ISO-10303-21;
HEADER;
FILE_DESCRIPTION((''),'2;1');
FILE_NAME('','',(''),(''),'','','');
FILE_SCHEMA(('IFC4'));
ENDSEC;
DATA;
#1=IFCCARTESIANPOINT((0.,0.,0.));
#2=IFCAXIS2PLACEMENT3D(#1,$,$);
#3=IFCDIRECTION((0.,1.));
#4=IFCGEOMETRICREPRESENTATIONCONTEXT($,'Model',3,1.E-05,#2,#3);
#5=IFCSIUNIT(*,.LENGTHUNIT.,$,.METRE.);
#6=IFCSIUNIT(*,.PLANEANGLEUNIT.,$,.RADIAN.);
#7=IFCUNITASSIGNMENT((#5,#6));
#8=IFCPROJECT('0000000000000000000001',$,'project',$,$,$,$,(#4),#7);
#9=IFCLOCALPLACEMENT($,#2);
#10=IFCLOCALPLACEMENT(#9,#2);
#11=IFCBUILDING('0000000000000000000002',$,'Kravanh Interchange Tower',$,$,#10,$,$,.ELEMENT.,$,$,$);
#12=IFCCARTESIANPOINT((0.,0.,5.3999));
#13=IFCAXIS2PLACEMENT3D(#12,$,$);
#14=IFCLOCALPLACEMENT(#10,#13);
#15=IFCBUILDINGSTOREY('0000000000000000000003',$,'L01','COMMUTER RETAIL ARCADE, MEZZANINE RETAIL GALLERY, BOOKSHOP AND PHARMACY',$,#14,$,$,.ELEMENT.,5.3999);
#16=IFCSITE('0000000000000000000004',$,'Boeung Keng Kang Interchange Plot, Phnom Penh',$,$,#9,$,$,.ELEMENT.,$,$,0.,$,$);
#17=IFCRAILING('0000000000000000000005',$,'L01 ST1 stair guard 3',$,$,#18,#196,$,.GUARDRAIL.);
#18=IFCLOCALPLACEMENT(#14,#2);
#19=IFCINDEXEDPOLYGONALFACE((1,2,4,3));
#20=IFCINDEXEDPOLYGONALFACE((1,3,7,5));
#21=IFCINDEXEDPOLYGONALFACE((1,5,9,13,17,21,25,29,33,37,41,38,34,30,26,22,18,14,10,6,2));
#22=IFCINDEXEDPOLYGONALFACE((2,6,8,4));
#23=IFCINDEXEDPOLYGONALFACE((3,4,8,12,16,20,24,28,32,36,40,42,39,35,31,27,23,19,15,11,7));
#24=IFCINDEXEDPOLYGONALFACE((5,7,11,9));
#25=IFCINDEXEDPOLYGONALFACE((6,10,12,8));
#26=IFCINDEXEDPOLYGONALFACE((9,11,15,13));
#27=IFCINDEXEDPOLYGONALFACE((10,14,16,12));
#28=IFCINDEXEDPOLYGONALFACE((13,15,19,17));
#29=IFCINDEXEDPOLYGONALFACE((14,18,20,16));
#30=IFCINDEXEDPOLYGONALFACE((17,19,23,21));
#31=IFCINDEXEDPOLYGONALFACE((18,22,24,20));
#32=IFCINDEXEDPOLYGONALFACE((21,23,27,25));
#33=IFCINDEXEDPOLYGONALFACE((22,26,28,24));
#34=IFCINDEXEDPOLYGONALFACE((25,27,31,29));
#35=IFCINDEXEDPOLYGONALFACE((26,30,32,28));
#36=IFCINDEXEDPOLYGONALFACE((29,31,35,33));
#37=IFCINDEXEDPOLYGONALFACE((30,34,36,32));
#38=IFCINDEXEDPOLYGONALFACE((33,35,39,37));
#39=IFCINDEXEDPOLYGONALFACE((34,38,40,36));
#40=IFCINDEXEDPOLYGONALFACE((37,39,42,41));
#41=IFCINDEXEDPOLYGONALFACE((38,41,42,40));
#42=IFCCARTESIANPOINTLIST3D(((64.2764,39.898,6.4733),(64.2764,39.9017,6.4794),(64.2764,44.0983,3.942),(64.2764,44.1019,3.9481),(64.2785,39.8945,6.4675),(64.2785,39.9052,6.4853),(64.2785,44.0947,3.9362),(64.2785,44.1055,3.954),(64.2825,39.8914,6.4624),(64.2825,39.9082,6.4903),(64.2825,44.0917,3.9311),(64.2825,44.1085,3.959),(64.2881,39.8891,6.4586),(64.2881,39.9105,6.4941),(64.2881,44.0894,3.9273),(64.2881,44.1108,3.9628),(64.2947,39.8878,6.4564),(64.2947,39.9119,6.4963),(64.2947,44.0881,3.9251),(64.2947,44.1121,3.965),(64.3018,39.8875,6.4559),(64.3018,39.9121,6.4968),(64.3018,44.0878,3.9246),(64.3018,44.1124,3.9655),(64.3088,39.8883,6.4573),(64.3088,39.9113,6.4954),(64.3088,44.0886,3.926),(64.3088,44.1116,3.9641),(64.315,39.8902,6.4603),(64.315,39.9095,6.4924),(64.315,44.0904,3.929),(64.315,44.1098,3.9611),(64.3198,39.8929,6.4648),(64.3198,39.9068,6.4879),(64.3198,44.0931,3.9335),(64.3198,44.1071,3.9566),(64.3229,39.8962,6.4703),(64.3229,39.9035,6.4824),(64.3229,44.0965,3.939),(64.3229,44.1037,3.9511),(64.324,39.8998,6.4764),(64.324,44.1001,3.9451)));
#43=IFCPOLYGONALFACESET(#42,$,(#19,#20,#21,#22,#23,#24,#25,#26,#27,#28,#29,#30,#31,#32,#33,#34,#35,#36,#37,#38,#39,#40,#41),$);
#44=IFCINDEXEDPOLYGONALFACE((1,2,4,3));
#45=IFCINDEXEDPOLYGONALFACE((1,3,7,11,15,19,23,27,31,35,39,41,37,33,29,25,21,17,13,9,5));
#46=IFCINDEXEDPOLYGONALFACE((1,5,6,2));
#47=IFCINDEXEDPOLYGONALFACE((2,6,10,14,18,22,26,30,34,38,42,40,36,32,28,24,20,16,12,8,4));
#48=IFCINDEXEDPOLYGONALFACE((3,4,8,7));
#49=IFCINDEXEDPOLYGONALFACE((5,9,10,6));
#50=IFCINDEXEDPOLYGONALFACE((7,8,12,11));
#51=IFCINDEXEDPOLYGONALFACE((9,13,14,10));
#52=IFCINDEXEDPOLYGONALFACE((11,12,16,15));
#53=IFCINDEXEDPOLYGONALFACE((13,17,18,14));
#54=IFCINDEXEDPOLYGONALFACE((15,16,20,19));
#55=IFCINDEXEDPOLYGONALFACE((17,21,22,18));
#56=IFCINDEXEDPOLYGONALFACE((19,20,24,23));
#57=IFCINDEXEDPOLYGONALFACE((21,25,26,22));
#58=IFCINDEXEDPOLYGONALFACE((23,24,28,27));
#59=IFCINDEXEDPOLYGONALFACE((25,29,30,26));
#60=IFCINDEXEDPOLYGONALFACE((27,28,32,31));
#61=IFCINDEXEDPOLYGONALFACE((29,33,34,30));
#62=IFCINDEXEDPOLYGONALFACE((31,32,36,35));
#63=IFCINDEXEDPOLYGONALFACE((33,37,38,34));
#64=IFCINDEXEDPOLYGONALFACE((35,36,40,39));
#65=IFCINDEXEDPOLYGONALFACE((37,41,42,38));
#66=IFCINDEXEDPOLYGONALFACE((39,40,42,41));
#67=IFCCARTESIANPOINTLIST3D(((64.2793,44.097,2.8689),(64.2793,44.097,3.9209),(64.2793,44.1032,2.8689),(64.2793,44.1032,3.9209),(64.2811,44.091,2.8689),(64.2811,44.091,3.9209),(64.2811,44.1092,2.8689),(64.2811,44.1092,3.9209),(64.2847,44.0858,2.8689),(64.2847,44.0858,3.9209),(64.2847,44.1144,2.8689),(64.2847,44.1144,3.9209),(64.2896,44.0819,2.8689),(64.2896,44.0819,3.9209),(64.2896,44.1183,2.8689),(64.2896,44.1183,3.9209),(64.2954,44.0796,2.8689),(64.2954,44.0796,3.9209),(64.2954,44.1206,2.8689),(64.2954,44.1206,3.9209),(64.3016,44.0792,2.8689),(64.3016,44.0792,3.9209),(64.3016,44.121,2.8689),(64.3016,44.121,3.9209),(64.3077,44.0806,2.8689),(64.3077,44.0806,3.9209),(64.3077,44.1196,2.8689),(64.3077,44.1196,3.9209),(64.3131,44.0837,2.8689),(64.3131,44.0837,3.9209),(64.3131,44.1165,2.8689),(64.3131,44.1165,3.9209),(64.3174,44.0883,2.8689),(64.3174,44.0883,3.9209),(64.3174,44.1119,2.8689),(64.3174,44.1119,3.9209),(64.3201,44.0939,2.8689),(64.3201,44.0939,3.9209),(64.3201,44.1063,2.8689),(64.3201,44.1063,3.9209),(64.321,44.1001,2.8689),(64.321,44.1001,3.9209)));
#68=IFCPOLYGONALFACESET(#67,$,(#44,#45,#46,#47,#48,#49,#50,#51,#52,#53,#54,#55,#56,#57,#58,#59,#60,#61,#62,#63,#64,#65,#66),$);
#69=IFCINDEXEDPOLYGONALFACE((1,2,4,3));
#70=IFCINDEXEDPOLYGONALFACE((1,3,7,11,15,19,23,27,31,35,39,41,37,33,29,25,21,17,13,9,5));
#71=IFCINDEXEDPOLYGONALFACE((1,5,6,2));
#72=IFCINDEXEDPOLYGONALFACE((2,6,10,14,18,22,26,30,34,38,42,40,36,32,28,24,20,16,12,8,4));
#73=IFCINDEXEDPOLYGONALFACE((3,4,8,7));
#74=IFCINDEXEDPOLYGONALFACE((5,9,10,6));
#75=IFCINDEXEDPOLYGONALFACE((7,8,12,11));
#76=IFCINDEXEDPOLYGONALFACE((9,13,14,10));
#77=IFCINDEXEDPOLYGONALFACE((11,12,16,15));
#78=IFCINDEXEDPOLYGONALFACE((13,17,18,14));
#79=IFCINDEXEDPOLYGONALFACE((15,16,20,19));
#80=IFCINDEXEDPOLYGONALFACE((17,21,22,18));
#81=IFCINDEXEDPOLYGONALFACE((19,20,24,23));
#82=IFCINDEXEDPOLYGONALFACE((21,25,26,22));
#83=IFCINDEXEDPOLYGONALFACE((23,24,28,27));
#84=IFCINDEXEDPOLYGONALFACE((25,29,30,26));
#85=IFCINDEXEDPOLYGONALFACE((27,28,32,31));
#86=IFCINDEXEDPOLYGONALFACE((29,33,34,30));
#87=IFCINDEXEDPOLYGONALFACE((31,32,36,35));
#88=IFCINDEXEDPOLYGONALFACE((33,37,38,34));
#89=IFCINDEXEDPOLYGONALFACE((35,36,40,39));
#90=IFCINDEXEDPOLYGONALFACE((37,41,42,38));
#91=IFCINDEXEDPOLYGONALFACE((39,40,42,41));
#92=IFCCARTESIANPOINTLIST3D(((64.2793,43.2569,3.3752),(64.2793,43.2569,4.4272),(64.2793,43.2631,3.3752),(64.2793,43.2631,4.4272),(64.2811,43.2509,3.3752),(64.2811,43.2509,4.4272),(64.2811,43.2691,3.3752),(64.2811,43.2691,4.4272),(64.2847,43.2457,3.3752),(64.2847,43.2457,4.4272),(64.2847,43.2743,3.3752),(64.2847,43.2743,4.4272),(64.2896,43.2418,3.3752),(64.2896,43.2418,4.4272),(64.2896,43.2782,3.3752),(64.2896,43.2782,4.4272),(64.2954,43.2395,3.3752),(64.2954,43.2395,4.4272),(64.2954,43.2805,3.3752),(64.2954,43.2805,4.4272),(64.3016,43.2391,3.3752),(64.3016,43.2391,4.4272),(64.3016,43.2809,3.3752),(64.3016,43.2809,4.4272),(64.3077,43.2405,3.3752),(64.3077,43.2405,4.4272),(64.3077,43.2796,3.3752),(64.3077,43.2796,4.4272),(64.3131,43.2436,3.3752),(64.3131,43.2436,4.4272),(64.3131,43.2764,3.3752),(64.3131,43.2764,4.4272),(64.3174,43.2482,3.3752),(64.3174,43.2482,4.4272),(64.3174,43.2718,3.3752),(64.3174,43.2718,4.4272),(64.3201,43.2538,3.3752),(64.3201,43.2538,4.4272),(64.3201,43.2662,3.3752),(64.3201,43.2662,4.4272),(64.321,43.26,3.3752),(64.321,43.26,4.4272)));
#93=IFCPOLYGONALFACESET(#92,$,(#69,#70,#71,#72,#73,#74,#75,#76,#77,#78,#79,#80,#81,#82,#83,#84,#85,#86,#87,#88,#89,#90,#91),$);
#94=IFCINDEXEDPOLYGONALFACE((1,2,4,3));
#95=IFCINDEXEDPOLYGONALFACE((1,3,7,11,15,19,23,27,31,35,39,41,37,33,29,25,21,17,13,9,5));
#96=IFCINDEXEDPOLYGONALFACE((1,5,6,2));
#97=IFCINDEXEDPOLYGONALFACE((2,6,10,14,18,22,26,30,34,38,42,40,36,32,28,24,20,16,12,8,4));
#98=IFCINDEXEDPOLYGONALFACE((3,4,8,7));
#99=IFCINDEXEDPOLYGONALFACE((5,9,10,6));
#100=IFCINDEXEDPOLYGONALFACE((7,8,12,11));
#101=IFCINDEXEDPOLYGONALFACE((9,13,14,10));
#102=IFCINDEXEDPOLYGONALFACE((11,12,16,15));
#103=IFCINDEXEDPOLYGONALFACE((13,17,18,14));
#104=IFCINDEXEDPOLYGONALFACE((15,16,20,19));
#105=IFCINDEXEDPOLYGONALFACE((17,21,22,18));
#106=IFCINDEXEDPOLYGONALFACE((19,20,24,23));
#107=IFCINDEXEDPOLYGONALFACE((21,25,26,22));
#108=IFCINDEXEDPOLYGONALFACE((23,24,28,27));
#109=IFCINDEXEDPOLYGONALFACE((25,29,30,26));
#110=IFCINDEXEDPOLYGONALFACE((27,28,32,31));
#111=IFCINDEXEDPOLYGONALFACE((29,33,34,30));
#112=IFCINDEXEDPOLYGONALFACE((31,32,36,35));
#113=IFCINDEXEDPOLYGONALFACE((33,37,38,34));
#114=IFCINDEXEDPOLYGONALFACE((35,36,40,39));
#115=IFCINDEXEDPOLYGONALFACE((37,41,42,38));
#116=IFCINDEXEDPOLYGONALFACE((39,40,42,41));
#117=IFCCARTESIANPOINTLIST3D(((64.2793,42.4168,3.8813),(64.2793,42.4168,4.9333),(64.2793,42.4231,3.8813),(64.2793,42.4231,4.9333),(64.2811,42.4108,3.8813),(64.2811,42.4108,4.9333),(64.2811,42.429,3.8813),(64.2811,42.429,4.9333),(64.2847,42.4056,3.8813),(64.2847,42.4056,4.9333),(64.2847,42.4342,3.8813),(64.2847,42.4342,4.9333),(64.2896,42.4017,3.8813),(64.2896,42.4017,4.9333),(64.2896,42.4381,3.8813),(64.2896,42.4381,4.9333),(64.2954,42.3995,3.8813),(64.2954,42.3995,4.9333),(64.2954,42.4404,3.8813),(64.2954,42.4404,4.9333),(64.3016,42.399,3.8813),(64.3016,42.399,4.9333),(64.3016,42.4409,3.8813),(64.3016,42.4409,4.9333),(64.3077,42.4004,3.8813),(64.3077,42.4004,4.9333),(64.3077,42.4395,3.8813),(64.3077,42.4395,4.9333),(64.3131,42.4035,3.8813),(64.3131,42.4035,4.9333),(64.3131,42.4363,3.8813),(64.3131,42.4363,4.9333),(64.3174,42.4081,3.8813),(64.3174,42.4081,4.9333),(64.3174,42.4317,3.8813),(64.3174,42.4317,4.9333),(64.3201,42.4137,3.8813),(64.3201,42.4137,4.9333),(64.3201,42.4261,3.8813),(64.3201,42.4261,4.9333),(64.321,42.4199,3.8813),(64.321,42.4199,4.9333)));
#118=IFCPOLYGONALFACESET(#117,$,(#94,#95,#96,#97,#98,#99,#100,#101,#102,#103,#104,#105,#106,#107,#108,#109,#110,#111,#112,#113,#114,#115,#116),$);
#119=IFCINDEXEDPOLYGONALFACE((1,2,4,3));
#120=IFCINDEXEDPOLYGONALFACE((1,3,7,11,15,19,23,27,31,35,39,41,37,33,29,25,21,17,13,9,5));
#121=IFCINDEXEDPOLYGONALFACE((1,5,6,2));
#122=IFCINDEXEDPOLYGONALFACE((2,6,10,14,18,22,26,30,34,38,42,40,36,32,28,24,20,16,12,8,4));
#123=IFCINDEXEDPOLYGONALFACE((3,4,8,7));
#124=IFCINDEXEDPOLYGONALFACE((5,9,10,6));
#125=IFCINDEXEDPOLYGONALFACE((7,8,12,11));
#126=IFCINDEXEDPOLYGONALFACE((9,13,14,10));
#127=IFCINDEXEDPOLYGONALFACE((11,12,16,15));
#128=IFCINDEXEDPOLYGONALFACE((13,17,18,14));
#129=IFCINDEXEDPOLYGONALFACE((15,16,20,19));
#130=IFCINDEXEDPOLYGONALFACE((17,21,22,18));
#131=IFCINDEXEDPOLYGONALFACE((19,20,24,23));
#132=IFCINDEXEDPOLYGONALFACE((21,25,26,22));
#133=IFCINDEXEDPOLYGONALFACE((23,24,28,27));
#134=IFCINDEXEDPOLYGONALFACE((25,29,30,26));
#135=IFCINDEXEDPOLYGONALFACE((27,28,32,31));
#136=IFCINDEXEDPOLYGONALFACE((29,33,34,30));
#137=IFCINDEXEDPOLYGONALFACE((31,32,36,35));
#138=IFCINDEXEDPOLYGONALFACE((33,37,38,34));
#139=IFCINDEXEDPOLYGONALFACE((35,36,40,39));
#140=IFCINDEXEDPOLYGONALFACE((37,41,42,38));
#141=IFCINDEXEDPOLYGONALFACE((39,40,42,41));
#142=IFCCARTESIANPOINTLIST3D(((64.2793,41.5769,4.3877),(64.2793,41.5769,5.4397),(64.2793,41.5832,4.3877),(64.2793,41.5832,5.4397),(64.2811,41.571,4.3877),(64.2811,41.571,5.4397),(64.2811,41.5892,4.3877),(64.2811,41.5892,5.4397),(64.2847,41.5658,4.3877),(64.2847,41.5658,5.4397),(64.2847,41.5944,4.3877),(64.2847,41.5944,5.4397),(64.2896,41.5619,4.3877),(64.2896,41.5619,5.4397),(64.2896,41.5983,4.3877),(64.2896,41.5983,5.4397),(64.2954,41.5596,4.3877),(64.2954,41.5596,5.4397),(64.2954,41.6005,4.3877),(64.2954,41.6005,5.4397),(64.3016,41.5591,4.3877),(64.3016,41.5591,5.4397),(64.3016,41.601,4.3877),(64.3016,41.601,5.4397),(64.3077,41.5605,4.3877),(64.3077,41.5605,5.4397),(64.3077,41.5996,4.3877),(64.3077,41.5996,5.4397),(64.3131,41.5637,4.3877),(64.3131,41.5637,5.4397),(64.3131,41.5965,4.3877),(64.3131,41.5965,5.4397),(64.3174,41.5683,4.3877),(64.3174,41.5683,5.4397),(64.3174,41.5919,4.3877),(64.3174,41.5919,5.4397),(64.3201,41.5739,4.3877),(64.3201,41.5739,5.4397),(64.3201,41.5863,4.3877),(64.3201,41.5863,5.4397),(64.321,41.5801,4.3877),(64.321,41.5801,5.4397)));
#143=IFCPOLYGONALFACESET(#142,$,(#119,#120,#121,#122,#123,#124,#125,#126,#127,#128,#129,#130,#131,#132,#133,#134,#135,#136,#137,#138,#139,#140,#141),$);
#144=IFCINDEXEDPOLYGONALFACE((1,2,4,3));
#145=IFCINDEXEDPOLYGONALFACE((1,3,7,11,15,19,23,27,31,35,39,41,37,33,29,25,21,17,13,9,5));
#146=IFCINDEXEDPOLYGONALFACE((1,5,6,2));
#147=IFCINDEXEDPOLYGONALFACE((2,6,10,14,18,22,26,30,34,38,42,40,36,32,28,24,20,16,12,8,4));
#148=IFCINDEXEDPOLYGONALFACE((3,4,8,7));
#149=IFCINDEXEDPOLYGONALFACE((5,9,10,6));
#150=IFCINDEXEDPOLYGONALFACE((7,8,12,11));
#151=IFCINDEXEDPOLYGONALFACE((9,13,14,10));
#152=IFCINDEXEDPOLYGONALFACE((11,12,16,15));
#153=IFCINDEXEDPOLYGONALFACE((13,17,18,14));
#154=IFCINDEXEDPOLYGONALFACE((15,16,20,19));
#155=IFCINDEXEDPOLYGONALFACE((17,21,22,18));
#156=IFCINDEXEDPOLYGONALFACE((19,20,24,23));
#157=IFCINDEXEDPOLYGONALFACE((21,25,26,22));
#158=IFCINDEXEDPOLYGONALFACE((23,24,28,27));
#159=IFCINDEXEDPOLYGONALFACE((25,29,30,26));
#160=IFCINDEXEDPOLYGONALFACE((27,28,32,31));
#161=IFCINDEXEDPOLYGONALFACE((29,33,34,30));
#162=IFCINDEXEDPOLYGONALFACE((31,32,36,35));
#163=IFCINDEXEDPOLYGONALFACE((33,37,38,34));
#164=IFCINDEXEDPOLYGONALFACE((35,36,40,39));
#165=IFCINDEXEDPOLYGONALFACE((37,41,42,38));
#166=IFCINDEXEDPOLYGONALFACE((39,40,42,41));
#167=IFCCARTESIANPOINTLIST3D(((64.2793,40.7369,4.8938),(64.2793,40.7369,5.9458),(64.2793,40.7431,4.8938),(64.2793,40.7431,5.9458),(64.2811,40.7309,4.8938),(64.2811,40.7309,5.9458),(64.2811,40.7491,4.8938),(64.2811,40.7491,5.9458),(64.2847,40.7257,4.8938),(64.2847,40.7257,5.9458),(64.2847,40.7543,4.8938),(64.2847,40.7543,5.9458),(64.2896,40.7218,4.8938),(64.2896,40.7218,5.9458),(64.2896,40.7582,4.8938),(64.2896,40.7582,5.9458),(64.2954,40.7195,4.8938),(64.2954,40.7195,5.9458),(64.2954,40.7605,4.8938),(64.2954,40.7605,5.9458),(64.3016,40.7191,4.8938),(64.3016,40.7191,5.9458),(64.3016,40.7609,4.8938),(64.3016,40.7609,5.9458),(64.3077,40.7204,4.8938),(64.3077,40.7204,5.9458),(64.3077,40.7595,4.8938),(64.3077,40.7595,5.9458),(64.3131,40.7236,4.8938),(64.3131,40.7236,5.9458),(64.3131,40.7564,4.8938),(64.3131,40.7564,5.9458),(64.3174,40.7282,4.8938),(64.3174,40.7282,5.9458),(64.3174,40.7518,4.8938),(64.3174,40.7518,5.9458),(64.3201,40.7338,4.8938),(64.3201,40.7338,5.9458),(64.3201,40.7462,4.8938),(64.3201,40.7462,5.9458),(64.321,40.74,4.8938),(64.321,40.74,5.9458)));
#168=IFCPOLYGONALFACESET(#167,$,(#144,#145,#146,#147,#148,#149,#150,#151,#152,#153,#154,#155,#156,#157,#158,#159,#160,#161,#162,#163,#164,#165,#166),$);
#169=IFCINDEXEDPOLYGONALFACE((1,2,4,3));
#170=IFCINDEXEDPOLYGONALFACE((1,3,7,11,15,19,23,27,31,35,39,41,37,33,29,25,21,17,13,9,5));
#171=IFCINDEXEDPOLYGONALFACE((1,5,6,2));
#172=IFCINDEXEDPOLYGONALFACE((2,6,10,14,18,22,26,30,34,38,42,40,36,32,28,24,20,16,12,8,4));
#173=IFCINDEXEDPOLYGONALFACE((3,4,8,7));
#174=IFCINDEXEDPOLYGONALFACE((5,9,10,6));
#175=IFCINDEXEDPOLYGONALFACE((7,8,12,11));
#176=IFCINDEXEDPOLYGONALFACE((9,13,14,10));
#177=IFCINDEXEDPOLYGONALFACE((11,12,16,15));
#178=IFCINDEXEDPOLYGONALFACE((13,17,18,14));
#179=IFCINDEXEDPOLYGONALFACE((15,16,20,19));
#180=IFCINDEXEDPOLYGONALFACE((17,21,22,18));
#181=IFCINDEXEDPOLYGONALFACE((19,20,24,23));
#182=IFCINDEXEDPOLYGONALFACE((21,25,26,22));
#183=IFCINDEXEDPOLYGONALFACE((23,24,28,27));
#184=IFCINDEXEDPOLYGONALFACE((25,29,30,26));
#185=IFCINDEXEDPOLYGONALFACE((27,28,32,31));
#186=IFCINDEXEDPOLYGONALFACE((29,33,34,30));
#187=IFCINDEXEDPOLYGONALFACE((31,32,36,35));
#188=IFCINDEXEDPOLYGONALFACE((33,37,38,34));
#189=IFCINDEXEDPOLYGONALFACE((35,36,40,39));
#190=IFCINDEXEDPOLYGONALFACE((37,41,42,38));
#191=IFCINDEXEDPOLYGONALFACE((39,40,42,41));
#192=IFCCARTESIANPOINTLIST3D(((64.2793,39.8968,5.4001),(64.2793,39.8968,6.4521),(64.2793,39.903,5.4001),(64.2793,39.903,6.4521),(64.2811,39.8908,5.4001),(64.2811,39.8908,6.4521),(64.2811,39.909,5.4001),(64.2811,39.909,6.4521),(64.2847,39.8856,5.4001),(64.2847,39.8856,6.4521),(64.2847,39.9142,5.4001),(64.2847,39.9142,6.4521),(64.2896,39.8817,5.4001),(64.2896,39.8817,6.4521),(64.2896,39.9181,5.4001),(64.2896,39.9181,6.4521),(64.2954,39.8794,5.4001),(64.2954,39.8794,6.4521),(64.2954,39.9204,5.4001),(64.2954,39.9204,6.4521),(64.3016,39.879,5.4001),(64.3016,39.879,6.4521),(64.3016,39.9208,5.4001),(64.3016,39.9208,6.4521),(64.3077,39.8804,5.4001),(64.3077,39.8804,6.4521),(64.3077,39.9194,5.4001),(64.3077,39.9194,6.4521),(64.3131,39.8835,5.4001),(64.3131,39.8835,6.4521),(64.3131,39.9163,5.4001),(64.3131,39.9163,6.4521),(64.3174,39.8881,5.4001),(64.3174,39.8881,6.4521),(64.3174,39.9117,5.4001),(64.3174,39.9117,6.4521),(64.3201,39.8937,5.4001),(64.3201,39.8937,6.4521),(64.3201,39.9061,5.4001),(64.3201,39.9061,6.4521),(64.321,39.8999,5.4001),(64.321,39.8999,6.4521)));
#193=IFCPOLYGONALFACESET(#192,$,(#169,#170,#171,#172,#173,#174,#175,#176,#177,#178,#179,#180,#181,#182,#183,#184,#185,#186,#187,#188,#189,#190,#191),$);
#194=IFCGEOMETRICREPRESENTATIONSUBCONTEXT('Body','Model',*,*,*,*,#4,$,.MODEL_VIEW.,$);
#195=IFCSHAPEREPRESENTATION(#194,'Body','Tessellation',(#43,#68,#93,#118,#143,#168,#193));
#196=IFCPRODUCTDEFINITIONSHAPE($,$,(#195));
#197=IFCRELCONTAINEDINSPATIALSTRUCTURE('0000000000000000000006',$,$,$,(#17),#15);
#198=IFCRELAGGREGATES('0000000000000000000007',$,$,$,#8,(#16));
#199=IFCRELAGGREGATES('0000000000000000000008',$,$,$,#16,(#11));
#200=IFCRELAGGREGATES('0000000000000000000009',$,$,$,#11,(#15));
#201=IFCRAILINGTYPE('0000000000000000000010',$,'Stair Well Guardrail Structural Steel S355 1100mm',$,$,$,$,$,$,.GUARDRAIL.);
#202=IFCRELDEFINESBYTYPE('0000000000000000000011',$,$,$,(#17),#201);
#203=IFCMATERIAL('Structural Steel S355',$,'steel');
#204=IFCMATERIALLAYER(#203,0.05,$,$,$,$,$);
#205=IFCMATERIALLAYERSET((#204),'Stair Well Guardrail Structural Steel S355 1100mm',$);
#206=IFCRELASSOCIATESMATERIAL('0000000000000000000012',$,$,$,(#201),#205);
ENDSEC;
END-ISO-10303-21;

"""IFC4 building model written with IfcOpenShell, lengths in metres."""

from ifc_helpers import new_model, si_unit, direction, frame, origin, origin_2d, place, context, subcontext, project, spatial, circle, extrude, material, layer, layer_set, type_object, element, save


model = new_model("IFC4")

# Units and contexts
model_context = context("Model", 3, precision=1e-05, world=origin(), true_north=direction((0.0, 1.0)))
body_context = subcontext(model_context, "Body", "Model", "MODEL_VIEW")
ifc_project = project(units=[si_unit("LENGTHUNIT", "METRE"), si_unit("PLANEANGLEUNIT", "RADIAN")], contexts=[model_context])

# Site, building, storey
site_placement = place(None, origin())
site = spatial("IfcSite", under=ifc_project, at=site_placement, Name="Boeung Keng Kang Interchange Plot, Phnom Penh", CompositionType="ELEMENT", RefElevation=0.0)
building_placement = place(site_placement, origin())
building = spatial("IfcBuilding", under=site, at=building_placement, Name="Kravanh Interchange Tower", CompositionType="ELEMENT")
storey_placement = place(building_placement, frame((0.0, 0.0, 5.3999)))
storey = spatial("IfcBuildingStorey", under=building, at=storey_placement, Name="L01", Description="COMMUTER RETAIL ARCADE, MEZZANINE RETAIL GALLERY, BOOKSHOP AND PHARMACY", CompositionType="ELEMENT", Elevation=5.3999)

# Railing
ifc_material_1 = material(Name="Structural Steel S355", Category="steel")
ifc_layer_1 = layer(ifc_material_1, 0.05)
ifc_layer_set_1 = layer_set([ifc_layer_1], Name="Stair Well Guardrail Structural Steel S355 1100mm")
railing_type_1 = type_object("IfcRailingType", Name="Stair Well Guardrail Structural Steel S355 1100mm", PredefinedType="GUARDRAIL", material=ifc_layer_set_1)
railing_1_placement = place(storey_placement, frame((64.3, 44.1001, 2.8689)))
element("IfcRailing", 1, at=railing_1_placement, inside=storey, type_object=railing_type_1, Name="L01 ST1 stair guard 3", PredefinedType="GUARDRAIL", context=body_context, shape_type="SweptSolid", body=[
    extrude(circle(Radius=0.0239, at=origin_2d()), frame((0.0, 0.0, 1.0762), z_axis=(0.0, -0.85649, 0.516164), x_axis=(1.0, 0.0, 0.0)), (0.0, 0.0, 1.0), 4.9041),
    extrude(circle(Radius=0.021, at=origin_2d()), origin(), (0.0, 0.0, 1.0), 1.052),
    extrude(circle(Radius=0.021, at=origin_2d()), frame((0.0, -0.8401, 0.5063)), (0.0, 0.0, 1.0), 1.052),
    extrude(circle(Radius=0.021, at=origin_2d()), frame((0.0, -1.6802, 1.0125)), (0.0, 0.0, 1.0), 1.052),
    extrude(circle(Radius=0.021, at=origin_2d()), frame((0.0, -2.52, 1.5188)), (0.0, 0.0, 1.0), 1.052),
    extrude(circle(Radius=0.021, at=origin_2d()), frame((0.0, -3.3601, 2.0249)), (0.0, 0.0, 1.0), 1.052),
    extrude(circle(Radius=0.021, at=origin_2d()), frame((0.0, -4.2002, 2.5312)), (0.0, 0.0, 1.0), 1.052),
])

save(model, "model.ifc")
